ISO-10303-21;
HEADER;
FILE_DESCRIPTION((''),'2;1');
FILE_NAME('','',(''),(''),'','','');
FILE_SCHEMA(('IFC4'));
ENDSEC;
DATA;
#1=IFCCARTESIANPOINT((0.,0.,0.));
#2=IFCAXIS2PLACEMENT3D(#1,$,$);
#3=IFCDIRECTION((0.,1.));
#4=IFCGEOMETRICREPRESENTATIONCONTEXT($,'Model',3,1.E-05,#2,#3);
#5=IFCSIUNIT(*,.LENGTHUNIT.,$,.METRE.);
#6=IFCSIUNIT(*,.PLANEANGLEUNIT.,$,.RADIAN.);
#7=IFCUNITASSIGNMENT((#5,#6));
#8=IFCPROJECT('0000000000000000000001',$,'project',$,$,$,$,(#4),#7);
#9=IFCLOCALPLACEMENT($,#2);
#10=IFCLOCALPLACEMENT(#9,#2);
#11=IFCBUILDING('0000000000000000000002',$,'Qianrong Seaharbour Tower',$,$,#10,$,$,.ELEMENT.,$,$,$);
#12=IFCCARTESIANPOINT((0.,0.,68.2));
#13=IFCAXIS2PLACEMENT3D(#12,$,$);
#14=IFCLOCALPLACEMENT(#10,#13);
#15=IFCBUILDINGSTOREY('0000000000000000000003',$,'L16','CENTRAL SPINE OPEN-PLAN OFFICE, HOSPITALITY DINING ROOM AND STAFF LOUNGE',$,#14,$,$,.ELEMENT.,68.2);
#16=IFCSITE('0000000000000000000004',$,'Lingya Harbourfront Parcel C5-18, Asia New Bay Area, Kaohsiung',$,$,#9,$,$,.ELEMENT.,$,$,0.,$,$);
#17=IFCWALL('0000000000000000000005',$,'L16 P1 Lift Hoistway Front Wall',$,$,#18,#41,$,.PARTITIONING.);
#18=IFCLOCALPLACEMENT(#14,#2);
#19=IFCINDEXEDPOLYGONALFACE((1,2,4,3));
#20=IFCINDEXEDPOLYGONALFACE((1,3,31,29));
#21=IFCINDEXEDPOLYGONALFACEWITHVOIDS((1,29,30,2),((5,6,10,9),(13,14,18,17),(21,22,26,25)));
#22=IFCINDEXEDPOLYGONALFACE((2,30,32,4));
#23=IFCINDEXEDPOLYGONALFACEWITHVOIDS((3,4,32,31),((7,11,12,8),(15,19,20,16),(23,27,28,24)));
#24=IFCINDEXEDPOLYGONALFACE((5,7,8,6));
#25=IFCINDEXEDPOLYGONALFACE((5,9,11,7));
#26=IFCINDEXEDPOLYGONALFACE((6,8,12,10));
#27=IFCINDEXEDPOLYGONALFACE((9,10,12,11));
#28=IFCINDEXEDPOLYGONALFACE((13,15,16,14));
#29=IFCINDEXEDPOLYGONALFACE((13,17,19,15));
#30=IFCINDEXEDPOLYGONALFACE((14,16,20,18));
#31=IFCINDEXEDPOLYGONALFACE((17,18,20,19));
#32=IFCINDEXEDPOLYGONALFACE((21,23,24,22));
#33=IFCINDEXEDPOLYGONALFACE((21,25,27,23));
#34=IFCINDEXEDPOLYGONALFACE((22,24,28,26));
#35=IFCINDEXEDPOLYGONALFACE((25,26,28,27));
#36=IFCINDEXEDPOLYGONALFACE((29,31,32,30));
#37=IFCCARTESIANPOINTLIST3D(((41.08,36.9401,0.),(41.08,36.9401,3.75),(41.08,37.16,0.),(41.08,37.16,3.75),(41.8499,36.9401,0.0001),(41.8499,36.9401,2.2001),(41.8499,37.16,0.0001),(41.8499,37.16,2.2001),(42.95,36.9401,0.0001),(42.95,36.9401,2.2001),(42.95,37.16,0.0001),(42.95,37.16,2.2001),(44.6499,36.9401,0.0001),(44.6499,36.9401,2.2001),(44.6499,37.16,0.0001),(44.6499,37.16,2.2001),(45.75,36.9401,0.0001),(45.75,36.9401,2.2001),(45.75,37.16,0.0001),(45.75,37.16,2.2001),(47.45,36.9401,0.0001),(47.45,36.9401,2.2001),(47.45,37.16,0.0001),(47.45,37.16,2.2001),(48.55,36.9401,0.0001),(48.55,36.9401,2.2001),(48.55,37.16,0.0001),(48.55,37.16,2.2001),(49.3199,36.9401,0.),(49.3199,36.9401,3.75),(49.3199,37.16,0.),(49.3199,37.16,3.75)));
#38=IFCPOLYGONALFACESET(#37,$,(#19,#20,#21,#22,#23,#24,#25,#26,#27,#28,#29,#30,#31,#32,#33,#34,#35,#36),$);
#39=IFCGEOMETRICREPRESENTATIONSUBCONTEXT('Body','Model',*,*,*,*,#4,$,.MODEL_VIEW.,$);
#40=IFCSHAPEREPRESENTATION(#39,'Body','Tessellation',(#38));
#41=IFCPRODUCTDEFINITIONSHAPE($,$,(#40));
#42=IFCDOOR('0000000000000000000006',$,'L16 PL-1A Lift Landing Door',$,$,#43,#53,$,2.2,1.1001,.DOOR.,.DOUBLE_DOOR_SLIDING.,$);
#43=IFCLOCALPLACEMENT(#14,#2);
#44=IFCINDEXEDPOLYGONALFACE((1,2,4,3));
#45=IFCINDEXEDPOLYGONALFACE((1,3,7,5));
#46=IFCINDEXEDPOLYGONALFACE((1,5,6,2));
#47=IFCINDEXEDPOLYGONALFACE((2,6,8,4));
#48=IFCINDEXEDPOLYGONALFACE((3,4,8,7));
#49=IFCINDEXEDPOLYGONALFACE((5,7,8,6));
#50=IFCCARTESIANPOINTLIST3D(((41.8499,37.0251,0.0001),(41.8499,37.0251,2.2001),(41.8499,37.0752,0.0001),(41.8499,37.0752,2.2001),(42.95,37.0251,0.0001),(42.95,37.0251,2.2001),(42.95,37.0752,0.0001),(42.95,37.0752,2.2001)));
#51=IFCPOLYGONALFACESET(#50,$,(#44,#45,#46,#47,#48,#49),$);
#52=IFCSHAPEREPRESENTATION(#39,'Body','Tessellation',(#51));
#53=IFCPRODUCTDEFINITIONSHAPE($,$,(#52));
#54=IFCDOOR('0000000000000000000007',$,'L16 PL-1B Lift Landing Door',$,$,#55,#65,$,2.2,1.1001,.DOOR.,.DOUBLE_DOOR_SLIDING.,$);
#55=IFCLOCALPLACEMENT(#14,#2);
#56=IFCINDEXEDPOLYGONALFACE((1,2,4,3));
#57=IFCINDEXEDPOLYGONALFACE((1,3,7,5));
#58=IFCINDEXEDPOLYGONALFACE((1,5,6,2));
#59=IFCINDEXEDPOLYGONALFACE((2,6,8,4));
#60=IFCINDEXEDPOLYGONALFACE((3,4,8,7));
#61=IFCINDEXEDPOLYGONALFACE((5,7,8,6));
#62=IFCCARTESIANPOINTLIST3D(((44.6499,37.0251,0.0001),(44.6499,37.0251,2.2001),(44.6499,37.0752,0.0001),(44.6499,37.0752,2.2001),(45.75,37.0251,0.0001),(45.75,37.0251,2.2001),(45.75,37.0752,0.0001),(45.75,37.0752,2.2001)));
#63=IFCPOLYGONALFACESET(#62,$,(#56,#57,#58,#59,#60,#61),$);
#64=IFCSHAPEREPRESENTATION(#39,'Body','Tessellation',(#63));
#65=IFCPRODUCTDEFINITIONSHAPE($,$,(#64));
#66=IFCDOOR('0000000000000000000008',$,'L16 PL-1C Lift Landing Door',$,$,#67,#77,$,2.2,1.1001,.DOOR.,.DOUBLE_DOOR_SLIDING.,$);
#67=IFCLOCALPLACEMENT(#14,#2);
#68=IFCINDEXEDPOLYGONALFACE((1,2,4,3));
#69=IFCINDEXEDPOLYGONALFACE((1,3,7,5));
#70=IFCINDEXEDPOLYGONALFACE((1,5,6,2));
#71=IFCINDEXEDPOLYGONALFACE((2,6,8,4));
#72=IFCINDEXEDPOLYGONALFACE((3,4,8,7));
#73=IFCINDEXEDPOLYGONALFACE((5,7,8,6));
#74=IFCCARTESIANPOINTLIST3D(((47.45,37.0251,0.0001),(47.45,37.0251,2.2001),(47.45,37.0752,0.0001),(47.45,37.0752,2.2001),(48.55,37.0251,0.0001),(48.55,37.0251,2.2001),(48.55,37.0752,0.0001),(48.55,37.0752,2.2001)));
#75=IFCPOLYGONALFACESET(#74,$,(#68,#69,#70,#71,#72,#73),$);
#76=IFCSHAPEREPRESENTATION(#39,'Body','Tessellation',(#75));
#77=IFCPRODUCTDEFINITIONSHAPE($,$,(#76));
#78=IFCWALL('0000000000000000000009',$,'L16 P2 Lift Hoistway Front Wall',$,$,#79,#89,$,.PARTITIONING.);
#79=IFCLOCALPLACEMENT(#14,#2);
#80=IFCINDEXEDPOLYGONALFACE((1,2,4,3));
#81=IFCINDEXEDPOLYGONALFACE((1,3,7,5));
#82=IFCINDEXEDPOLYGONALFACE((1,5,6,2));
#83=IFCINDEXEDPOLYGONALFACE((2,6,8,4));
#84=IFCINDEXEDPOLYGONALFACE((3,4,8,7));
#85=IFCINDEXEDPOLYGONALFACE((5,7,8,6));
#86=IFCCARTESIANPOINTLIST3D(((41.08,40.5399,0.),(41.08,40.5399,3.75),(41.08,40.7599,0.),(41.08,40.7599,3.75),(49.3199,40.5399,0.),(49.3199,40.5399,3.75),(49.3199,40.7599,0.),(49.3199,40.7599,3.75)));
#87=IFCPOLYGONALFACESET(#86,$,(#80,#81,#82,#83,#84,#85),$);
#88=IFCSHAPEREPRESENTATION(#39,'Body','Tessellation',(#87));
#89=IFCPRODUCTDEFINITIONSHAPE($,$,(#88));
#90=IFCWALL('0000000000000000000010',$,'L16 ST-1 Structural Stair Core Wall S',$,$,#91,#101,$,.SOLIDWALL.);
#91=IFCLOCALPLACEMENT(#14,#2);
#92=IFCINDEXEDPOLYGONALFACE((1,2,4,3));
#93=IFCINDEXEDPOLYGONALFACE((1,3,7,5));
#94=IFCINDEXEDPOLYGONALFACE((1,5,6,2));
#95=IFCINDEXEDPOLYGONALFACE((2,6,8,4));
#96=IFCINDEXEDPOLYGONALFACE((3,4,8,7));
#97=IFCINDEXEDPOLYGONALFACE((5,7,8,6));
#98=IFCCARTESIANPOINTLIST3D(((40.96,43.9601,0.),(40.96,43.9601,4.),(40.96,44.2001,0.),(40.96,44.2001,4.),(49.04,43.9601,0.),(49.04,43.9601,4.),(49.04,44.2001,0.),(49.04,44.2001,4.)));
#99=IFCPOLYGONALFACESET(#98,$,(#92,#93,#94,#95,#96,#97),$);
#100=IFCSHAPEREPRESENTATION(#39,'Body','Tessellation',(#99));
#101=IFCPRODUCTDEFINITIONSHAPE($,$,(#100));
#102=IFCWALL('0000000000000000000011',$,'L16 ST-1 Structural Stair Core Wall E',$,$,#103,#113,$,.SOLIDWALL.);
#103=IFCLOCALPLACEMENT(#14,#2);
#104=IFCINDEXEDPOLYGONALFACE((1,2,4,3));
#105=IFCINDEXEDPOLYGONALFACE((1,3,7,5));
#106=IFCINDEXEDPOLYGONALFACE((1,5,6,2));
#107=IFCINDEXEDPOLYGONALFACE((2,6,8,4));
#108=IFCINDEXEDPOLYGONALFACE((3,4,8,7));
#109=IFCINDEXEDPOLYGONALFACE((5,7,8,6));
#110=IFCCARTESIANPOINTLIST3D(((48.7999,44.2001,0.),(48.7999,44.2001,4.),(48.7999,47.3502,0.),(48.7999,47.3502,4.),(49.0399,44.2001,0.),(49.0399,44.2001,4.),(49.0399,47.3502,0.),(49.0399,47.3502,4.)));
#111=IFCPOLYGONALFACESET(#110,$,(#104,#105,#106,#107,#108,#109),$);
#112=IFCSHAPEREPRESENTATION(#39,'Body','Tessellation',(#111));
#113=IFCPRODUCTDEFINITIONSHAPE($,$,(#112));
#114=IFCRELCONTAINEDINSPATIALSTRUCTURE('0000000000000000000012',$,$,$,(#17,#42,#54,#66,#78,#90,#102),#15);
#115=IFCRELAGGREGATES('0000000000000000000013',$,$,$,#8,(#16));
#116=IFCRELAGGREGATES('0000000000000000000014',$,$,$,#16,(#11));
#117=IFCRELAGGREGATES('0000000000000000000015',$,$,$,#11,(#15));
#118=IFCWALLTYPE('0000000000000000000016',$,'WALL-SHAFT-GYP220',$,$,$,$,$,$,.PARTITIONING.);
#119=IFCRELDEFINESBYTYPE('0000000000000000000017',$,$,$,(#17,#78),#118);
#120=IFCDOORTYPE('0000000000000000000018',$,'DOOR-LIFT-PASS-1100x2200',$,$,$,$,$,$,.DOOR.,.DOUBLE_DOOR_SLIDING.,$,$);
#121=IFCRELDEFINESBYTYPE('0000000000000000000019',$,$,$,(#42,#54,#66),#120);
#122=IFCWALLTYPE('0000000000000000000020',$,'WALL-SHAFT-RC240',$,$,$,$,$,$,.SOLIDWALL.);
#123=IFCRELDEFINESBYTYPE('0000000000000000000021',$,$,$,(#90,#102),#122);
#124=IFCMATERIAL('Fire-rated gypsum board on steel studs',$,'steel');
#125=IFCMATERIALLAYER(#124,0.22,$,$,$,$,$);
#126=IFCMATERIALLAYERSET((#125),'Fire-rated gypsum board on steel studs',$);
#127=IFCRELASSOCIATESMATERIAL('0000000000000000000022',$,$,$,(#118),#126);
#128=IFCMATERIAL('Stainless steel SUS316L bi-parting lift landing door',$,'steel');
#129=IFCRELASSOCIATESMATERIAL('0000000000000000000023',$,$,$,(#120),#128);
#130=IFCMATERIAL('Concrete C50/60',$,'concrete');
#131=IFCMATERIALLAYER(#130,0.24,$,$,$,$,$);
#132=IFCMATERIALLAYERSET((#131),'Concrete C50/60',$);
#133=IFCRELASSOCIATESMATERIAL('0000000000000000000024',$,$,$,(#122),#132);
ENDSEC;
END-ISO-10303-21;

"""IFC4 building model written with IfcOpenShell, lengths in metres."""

from ifc_helpers import new_model, si_unit, direction, frame, frame_2d, origin, place, context, subcontext, project, spatial, rectangle, extrude, material, layer, layer_set, type_object, element, fill, save


model = new_model("IFC4")

# Units and contexts
model_context = context("Model", 3, precision=1e-05, world=origin(), true_north=direction((0.0, 1.0)))
body_context = subcontext(model_context, "Body", "Model", "MODEL_VIEW")
ifc_project = project(units=[si_unit("LENGTHUNIT", "METRE"), si_unit("PLANEANGLEUNIT", "RADIAN")], contexts=[model_context])

# Site, building, storey
site_placement = place(None, origin())
site = spatial("IfcSite", under=ifc_project, at=site_placement, Name="Lingya Harbourfront Parcel C5-18, Asia New Bay Area, Kaohsiung", CompositionType="ELEMENT", RefElevation=0.0)
building_placement = place(site_placement, origin())
building = spatial("IfcBuilding", under=site, at=building_placement, Name="Qianrong Seaharbour Tower", CompositionType="ELEMENT")
storey_placement = place(building_placement, frame((0.0, 0.0, 68.2)))
storey = spatial("IfcBuildingStorey", under=building, at=storey_placement, Name="L16", Description="CENTRAL SPINE OPEN-PLAN OFFICE, HOSPITALITY DINING ROOM AND STAFF LOUNGE", CompositionType="ELEMENT", Elevation=68.2)

# Shared definitions
ifc_material_1 = material(Name="Fire-rated gypsum board on steel studs", Category="steel")

# Wall, openings, doors
ifc_layer_1 = layer(ifc_material_1, 0.22)
ifc_layer_set_1 = layer_set([ifc_layer_1], Name="Fire-rated gypsum board on steel studs")
wall_type_1 = type_object("IfcWallType", Name="WALL-SHAFT-GYP220", PredefinedType="PARTITIONING", material=ifc_layer_set_1)
wall_1_placement = place(storey_placement, frame((49.3201, 37.05, 0.0), z_axis=(0.0, 0.0, 1.0), x_axis=(-1.0, 0.0, 0.0)))
wall_1 = element("IfcWall", 1, at=wall_1_placement, inside=storey, type_object=wall_type_1, Name="L16 P1 Lift Hoistway Front Wall", PredefinedType="PARTITIONING", context=body_context, shape_type="SweptSolid", body=[
    extrude(rectangle(XDim=8.24, YDim=0.22, at=frame_2d((4.1201, 0.0))), origin(), (0.0, 0.0, 1.0), 3.75),
])
opening_1_placement = place(wall_1_placement, frame((6.3701, 0.0, 0.0)))
opening_1 = element("IfcOpeningElement", 2, at=opening_1_placement, cuts=wall_1, PredefinedType="OPENING", context=body_context, shape_type="SweptSolid", body=[
    extrude(rectangle(XDim=1.1001, YDim=2.2, at=frame_2d((0.55, 1.1001))), frame((0.0, 0.1201, 0.0), z_axis=(0.0, -1.0, 0.0), x_axis=(1.0, 0.0, 0.0)), (0.0, 0.0, 1.0), 0.24),
])
opening_2_placement = place(wall_1_placement, frame((3.5701, 0.0, 0.0)))
opening_2 = element("IfcOpeningElement", 3, at=opening_2_placement, cuts=wall_1, PredefinedType="OPENING", context=body_context, shape_type="SweptSolid", body=[
    extrude(rectangle(XDim=1.1001, YDim=2.2, at=frame_2d((0.55, 1.1001))), frame((0.0, 0.1201, 0.0), z_axis=(0.0, -1.0, 0.0), x_axis=(1.0, 0.0, 0.0)), (0.0, 0.0, 1.0), 0.24),
])
opening_3_placement = place(wall_1_placement, frame((0.77, 0.0, 0.0)))
opening_3 = element("IfcOpeningElement", 4, at=opening_3_placement, cuts=wall_1, PredefinedType="OPENING", context=body_context, shape_type="SweptSolid", body=[
    extrude(rectangle(XDim=1.1001, YDim=2.2, at=frame_2d((0.55, 1.1001))), frame((0.0, 0.1201, 0.0), z_axis=(0.0, -1.0, 0.0), x_axis=(1.0, 0.0, 0.0)), (0.0, 0.0, 1.0), 0.24),
])
ifc_material_2 = material(Name="Stainless steel SUS316L bi-parting lift landing door", Category="steel")
door_type = type_object("IfcDoorType", Name="DOOR-LIFT-PASS-1100x2200", OperationType="DOUBLE_DOOR_SLIDING", PredefinedType="DOOR", material=ifc_material_2)
door_1_placement = place(opening_1_placement, origin())
door_1 = element("IfcDoor", 5, at=door_1_placement, inside=storey, type_object=door_type, Name="L16 PL-1A Lift Landing Door", OperationType="DOUBLE_DOOR_SLIDING", OverallHeight=2.2, OverallWidth=1.1001, PredefinedType="DOOR", context=body_context, shape_type="SweptSolid", body=[
    extrude(rectangle(XDim=1.1001, YDim=2.2, at=frame_2d((0.55, 1.1001))), frame((0.0, 0.0249, 0.0), z_axis=(0.0, -1.0, 0.0), x_axis=(1.0, 0.0, 0.0)), (0.0, 0.0, 1.0), 0.05),
])
fill(opening_1, door_1)
door_2_placement = place(opening_2_placement, origin())
door_2 = element("IfcDoor", 6, at=door_2_placement, inside=storey, type_object=door_type, Name="L16 PL-1B Lift Landing Door", OperationType="DOUBLE_DOOR_SLIDING", OverallHeight=2.2, OverallWidth=1.1001, PredefinedType="DOOR", context=body_context, shape_type="SweptSolid", body=[
    extrude(rectangle(XDim=1.1001, YDim=2.2, at=frame_2d((0.55, 1.1001))), frame((0.0, 0.0249, 0.0), z_axis=(0.0, -1.0, 0.0), x_axis=(1.0, 0.0, 0.0)), (0.0, 0.0, 1.0), 0.05),
])
fill(opening_2, door_2)
door_3_placement = place(opening_3_placement, origin())
door_3 = element("IfcDoor", 7, at=door_3_placement, inside=storey, type_object=door_type, Name="L16 PL-1C Lift Landing Door", OperationType="DOUBLE_DOOR_SLIDING", OverallHeight=2.2, OverallWidth=1.1001, PredefinedType="DOOR", context=body_context, shape_type="SweptSolid", body=[
    extrude(rectangle(XDim=1.1001, YDim=2.2, at=frame_2d((0.55, 1.1001))), frame((0.0, 0.0249, 0.0), z_axis=(0.0, -1.0, 0.0), x_axis=(1.0, 0.0, 0.0)), (0.0, 0.0, 1.0), 0.05),
])
fill(opening_3, door_3)

# Walls
wall_2_placement = place(storey_placement, frame((49.3201, 40.6499, 0.0), z_axis=(0.0, 0.0, 1.0), x_axis=(-1.0, 0.0, 0.0)))
element("IfcWall", 8, at=wall_2_placement, inside=storey, type_object=wall_type_1, Name="L16 P2 Lift Hoistway Front Wall", PredefinedType="PARTITIONING", context=body_context, shape_type="SweptSolid", body=[
    extrude(rectangle(XDim=8.24, YDim=0.22, at=frame_2d((4.1201, 0.0))), origin(), (0.0, 0.0, 1.0), 3.75),
])
ifc_material_3 = material(Name="Concrete C50/60", Category="concrete")
ifc_layer_2 = layer(ifc_material_3, 0.24)
ifc_layer_set_2 = layer_set([ifc_layer_2], Name="Concrete C50/60")
wall_type_2 = type_object("IfcWallType", Name="WALL-SHAFT-RC240", PredefinedType="SOLIDWALL", material=ifc_layer_set_2)
wall_3_placement = place(storey_placement, frame((49.04, 44.0801, 0.0), z_axis=(0.0, 0.0, 1.0), x_axis=(-1.0, 0.0, 0.0)))
element("IfcWall", 9, at=wall_3_placement, inside=storey, type_object=wall_type_2, Name="L16 ST-1 Structural Stair Core Wall S", PredefinedType="SOLIDWALL", context=body_context, shape_type="SweptSolid", body=[
    extrude(rectangle(XDim=8.0801, YDim=0.24, at=frame_2d((4.04, 0.0))), origin(), (0.0, 0.0, 1.0), 4.0),
])
wall_4_placement = place(storey_placement, frame((48.9199, 44.2, 0.0), z_axis=(0.0, 0.0, 1.0), x_axis=(0.0, 1.0, 0.0)))
element("IfcWall", 10, at=wall_4_placement, inside=storey, type_object=wall_type_2, Name="L16 ST-1 Structural Stair Core Wall E", PredefinedType="SOLIDWALL", context=body_context, shape_type="SweptSolid", body=[
    extrude(rectangle(XDim=3.1501, YDim=0.24, at=frame_2d((1.5752, 0.0))), origin(), (0.0, 0.0, 1.0), 4.0),
])

save(model, "model.ifc")
